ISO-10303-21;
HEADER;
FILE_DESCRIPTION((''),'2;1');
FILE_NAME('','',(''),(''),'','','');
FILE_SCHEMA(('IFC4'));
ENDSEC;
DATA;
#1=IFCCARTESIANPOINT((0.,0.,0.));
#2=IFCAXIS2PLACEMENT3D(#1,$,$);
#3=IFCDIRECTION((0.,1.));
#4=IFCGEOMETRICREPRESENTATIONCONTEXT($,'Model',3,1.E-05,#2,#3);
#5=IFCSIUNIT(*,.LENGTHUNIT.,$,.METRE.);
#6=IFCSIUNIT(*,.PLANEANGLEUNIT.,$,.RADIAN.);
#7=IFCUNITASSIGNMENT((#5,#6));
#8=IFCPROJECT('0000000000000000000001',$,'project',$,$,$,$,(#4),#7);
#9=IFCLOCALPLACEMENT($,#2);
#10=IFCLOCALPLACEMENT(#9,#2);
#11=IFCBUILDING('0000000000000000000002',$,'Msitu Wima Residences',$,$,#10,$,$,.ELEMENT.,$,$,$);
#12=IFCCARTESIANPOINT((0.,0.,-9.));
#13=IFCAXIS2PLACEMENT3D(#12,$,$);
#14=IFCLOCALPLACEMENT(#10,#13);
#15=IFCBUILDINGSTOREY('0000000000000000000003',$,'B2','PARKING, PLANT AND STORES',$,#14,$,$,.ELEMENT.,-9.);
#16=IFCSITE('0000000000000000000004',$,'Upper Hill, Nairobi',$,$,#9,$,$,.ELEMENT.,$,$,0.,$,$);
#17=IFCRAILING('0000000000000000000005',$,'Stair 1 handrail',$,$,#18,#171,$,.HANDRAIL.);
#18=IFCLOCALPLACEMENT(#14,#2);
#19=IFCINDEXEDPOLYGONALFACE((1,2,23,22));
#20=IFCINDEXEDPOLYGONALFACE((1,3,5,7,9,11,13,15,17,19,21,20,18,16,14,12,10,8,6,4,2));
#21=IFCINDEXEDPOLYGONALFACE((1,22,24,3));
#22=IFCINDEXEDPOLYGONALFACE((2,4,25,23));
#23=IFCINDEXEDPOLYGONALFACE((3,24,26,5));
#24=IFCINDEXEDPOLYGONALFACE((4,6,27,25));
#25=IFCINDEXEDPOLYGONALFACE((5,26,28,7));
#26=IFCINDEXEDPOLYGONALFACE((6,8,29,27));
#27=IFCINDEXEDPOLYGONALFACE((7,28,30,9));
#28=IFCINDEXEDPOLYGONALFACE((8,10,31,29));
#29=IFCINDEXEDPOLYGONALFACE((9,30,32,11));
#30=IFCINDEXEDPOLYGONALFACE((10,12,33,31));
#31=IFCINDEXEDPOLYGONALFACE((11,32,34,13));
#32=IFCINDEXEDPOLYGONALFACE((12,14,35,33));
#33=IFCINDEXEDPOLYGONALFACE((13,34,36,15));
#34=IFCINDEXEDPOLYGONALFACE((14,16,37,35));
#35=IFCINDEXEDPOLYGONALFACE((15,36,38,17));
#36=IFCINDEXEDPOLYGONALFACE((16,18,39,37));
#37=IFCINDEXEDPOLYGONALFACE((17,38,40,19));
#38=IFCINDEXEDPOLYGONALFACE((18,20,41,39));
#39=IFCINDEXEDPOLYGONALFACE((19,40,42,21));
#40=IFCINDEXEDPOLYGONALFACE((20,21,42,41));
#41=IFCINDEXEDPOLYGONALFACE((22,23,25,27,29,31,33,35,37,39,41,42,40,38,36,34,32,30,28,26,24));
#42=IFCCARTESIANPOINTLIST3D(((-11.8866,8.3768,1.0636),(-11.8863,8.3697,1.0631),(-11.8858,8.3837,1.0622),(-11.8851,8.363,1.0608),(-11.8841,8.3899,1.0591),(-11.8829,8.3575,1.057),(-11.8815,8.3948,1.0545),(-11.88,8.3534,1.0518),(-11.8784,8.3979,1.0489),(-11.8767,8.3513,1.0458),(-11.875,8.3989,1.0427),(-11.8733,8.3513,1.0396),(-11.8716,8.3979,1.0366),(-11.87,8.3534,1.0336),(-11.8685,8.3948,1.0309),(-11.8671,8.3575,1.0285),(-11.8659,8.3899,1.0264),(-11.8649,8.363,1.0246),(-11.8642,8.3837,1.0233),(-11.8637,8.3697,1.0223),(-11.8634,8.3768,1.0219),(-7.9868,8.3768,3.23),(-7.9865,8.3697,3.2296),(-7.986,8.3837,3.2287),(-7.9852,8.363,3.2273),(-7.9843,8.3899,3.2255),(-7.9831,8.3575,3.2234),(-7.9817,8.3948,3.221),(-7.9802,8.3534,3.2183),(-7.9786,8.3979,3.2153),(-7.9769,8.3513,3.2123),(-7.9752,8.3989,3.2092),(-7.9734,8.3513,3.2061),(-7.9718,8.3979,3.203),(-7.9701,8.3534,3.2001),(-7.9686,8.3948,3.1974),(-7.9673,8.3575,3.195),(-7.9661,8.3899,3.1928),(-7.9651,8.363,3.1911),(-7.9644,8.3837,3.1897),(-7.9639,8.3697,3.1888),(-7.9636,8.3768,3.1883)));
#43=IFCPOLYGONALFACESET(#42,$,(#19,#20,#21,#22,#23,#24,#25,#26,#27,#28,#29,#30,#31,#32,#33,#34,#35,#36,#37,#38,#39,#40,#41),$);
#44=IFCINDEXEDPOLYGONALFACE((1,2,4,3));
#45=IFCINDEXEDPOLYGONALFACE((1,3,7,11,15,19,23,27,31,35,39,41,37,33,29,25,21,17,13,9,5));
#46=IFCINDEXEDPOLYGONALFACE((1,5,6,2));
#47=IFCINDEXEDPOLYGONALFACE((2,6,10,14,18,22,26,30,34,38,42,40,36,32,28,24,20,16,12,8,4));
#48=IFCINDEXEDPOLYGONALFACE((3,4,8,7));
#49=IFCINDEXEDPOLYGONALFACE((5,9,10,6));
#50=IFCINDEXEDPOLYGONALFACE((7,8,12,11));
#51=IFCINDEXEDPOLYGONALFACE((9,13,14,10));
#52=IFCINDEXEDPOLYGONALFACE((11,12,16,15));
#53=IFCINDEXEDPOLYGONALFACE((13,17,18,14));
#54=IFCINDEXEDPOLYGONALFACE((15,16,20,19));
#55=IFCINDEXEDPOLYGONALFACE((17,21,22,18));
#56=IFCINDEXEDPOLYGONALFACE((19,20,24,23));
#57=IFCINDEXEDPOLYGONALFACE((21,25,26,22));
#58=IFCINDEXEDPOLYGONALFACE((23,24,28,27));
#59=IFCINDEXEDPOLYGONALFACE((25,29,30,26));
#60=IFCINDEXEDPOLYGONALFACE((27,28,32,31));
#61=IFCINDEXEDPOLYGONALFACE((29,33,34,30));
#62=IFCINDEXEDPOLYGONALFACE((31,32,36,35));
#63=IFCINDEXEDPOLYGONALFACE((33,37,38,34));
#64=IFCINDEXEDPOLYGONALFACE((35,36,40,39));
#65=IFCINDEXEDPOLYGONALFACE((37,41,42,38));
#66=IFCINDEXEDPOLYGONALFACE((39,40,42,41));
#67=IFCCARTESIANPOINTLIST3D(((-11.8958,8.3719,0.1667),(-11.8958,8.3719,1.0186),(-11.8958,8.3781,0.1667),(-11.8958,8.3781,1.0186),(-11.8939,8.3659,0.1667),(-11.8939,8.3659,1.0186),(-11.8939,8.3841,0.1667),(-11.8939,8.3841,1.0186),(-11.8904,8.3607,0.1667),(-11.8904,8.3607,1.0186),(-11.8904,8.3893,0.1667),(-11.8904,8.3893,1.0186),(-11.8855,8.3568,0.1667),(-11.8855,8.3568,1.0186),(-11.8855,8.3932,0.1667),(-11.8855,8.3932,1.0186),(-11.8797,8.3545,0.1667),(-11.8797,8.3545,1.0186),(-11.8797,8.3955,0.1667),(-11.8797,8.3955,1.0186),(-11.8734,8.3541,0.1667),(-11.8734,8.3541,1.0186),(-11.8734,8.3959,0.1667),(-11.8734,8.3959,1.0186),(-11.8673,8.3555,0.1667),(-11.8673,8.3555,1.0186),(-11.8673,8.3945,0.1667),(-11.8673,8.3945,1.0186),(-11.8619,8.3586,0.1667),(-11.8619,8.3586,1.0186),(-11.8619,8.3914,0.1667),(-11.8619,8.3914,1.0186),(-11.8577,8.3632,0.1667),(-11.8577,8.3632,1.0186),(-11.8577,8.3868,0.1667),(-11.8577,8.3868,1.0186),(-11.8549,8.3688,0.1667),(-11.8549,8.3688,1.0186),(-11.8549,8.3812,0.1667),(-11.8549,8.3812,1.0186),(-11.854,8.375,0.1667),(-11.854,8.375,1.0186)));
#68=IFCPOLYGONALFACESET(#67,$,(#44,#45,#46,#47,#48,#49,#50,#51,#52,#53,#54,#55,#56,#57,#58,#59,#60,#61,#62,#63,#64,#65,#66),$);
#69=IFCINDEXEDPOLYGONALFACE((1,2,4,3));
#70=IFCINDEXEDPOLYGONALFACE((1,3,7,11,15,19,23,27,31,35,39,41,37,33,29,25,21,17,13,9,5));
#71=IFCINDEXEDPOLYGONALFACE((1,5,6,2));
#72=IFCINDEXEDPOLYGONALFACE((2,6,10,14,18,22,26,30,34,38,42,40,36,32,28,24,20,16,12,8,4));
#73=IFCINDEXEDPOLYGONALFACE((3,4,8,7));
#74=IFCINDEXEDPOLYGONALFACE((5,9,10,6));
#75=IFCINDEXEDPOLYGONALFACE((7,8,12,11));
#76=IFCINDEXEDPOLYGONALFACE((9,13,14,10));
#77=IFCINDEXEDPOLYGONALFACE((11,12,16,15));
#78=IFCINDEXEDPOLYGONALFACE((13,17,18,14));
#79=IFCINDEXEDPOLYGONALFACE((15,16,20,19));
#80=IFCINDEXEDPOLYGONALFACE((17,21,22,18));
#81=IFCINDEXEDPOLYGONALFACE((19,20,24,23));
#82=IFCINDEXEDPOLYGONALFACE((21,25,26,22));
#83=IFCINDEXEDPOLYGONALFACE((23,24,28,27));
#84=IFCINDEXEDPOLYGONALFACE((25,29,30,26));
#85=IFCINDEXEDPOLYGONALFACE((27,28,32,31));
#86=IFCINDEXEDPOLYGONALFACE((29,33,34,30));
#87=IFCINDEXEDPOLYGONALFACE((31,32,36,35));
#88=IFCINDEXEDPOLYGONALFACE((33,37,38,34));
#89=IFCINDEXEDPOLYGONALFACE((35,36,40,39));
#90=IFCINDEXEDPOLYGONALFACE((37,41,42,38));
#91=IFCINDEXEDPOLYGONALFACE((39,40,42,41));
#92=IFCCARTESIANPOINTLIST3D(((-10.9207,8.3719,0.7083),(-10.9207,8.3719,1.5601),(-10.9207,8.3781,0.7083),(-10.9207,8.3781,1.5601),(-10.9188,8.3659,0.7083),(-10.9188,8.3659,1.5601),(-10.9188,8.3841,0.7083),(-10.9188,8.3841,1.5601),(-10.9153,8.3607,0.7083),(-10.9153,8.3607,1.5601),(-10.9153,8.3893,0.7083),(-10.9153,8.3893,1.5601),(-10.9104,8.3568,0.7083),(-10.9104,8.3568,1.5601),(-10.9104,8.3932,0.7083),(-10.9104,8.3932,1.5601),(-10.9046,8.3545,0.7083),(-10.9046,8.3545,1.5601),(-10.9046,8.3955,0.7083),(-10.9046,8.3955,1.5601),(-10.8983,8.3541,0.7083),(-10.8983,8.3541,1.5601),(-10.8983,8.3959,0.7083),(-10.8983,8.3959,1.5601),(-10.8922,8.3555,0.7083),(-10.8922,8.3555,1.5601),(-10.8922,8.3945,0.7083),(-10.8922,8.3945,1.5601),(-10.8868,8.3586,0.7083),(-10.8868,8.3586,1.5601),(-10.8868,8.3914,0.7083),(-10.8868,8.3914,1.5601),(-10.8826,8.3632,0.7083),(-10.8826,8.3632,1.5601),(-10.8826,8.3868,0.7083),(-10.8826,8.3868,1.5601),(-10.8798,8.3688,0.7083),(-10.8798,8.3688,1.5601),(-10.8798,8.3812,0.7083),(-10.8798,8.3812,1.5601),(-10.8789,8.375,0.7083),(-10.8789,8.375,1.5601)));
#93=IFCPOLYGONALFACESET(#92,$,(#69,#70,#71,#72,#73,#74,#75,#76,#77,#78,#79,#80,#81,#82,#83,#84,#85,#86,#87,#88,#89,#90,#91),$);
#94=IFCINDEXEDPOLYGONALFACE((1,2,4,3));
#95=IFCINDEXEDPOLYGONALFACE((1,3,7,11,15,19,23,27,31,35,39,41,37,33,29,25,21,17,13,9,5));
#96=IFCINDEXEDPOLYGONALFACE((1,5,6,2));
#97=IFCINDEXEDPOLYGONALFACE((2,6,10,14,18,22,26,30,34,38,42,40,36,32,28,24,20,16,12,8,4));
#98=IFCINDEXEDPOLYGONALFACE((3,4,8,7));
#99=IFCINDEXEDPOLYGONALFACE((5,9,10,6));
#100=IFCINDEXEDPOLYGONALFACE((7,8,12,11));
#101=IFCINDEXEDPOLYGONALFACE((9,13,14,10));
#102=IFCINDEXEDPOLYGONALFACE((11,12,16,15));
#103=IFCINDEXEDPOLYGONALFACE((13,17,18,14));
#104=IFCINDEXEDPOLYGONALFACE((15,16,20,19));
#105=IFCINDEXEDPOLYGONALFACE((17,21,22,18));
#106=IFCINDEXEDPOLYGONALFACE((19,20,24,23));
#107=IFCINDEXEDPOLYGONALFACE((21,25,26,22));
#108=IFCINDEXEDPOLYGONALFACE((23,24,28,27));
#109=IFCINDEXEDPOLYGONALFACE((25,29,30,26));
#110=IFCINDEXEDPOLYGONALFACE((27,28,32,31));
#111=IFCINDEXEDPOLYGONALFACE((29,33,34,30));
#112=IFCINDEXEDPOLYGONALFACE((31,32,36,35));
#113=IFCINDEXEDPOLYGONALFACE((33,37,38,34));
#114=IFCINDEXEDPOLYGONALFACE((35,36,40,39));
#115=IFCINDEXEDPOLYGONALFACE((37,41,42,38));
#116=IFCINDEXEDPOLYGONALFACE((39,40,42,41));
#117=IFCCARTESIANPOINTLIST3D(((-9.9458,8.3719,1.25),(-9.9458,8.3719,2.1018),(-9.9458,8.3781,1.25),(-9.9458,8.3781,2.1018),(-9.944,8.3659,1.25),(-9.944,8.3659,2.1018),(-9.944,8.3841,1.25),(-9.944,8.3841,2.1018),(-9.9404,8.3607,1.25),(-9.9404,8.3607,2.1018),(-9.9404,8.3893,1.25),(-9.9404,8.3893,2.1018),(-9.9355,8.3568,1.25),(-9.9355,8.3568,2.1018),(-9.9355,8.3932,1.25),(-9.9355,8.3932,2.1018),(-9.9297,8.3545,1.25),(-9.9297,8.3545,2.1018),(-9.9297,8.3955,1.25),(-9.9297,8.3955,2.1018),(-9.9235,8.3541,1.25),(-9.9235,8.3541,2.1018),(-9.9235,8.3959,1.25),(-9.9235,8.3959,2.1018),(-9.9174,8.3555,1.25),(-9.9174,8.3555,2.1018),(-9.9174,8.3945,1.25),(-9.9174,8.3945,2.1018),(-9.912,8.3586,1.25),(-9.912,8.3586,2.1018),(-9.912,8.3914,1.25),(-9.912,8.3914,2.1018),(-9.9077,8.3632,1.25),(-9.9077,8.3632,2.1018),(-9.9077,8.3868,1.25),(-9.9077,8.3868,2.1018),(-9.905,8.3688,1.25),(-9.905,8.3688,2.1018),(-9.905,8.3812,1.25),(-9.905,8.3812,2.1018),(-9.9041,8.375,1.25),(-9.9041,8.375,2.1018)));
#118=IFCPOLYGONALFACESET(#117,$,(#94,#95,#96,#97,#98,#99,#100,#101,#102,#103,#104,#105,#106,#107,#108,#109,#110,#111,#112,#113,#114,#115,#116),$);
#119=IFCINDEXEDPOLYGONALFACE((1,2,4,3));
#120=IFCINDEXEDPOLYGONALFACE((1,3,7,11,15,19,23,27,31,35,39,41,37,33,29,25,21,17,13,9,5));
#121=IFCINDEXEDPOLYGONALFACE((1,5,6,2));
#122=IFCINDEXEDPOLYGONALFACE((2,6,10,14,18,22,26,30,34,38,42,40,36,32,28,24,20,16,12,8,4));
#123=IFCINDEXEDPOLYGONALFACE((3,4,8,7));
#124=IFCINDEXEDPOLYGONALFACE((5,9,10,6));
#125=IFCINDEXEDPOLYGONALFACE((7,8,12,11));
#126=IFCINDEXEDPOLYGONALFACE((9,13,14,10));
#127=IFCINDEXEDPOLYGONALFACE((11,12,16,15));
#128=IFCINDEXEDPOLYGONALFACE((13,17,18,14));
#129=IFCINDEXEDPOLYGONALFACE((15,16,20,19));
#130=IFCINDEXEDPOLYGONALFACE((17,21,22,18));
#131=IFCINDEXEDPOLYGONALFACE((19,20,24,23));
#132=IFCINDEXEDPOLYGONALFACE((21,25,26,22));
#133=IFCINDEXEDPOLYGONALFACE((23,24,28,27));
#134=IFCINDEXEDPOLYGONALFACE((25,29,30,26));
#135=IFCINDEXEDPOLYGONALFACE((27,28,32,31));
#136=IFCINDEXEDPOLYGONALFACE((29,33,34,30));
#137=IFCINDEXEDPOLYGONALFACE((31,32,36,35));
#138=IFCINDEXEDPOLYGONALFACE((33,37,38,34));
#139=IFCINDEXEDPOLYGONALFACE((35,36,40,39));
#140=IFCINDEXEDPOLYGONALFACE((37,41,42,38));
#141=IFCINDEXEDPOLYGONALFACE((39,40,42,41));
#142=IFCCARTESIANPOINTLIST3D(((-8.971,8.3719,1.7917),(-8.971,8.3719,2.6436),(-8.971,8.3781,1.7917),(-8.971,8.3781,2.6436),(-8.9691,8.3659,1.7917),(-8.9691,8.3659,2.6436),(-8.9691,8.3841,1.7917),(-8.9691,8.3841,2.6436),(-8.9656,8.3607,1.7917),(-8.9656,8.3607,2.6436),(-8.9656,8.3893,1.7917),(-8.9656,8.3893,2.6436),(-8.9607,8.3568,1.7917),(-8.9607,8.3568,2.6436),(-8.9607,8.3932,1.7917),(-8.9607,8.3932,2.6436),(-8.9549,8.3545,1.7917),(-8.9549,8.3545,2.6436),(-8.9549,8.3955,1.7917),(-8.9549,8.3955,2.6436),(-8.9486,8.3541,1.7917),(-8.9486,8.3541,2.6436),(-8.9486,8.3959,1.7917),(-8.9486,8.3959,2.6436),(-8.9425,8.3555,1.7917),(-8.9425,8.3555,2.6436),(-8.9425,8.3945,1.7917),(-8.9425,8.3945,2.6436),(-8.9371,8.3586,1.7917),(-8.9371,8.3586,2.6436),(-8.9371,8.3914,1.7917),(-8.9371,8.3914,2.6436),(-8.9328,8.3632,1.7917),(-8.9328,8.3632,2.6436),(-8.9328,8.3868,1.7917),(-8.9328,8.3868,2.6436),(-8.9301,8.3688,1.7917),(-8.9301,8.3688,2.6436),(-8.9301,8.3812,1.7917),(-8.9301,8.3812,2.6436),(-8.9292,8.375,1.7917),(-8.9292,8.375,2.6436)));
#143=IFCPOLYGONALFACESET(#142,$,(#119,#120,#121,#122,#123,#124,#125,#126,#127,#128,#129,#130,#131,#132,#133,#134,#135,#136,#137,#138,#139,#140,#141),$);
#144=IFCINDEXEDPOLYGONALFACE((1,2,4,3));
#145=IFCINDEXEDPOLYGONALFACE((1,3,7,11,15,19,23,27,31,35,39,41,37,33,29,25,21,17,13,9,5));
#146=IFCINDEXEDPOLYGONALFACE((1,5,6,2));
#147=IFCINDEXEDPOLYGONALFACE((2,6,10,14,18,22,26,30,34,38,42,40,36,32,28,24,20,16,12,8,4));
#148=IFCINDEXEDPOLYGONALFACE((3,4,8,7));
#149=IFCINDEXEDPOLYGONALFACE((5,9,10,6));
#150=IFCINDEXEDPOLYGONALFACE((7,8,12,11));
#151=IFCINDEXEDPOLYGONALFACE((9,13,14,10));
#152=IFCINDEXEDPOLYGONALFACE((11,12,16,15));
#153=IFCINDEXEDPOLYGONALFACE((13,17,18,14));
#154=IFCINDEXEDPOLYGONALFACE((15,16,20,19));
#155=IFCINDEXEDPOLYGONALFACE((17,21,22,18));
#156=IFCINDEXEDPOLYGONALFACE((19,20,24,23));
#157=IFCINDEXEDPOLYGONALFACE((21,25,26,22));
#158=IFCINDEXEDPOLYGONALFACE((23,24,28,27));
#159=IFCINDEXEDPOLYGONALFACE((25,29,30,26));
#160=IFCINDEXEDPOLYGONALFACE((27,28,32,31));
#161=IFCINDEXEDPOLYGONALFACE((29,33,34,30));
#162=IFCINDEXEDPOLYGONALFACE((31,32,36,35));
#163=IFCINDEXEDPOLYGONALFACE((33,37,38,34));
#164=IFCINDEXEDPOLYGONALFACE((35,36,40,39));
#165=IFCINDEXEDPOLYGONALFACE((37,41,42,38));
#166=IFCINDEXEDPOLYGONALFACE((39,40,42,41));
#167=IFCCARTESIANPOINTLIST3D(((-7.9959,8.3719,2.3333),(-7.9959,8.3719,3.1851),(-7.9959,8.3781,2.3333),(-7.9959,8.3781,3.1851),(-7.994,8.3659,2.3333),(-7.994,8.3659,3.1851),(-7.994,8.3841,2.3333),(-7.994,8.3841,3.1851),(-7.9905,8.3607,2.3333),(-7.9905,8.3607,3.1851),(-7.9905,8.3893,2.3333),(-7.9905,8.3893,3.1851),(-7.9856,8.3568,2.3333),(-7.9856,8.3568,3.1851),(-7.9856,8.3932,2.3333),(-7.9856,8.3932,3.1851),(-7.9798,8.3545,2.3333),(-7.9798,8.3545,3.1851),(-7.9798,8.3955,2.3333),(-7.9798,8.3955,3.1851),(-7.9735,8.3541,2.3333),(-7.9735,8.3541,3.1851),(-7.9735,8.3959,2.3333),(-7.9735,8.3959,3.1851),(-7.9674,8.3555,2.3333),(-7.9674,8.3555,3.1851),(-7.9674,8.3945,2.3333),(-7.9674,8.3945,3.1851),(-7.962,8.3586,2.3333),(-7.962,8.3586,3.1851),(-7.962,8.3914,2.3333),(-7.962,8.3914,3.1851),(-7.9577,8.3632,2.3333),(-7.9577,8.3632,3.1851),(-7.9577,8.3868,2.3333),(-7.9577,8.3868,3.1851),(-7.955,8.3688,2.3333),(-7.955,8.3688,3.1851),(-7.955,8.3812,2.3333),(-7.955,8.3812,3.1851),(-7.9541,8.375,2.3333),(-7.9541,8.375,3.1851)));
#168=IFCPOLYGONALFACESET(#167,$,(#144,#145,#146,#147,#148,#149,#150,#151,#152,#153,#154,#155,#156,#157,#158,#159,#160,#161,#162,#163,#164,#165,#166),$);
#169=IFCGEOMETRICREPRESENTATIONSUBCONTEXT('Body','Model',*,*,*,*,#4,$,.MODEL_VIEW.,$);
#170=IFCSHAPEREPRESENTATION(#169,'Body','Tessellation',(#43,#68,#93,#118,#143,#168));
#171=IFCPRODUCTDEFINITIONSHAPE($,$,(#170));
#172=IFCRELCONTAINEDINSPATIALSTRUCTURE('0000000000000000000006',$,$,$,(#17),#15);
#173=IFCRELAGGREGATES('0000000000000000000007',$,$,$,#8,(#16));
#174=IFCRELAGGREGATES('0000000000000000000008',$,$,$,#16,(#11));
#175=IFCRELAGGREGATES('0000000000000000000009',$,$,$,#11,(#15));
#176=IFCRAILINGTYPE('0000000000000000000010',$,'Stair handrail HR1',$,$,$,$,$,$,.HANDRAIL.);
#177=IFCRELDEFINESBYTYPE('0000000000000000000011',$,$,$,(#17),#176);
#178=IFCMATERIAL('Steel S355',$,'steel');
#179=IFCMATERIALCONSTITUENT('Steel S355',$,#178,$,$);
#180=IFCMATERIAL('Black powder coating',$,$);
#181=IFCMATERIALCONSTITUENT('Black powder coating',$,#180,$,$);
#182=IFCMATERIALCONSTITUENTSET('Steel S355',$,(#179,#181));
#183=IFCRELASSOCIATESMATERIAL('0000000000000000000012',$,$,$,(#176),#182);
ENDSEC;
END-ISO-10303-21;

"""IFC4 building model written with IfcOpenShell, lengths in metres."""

from ifc_helpers import new_model, si_unit, direction, frame, origin, origin_2d, place, context, subcontext, project, spatial, circle, extrude, material, constituent, constituent_set, type_object, element, save


model = new_model("IFC4")

# Units and contexts
model_context = context("Model", 3, precision=1e-05, world=origin(), true_north=direction((0.0, 1.0)))
body_context = subcontext(model_context, "Body", "Model", "MODEL_VIEW")
ifc_project = project(units=[si_unit("LENGTHUNIT", "METRE"), si_unit("PLANEANGLEUNIT", "RADIAN")], contexts=[model_context])

# Site, building, storey
site_placement = place(None, origin())
site = spatial("IfcSite", under=ifc_project, at=site_placement, Name="Upper Hill, Nairobi", CompositionType="ELEMENT", RefElevation=0.0)
building_placement = place(site_placement, origin())
building = spatial("IfcBuilding", under=site, at=building_placement, Name="Msitu Wima Residences", CompositionType="ELEMENT")
storey_placement = place(building_placement, frame((0.0, 0.0, -9.0)))
storey = spatial("IfcBuildingStorey", under=building, at=storey_placement, Name="B2", Description="PARKING, PLANT AND STORES", CompositionType="ELEMENT", Elevation=-9.0)

# Railing
ifc_material_1 = material(Name="Steel S355", Category="steel")
ifc_constituent_1 = constituent(ifc_material_1, Name="Steel S355")
ifc_material_2 = material(Name="Black powder coating")
ifc_constituent_2 = constituent(ifc_material_2, Name="Black powder coating")
ifc_constituent_set = constituent_set(constituents=[ifc_constituent_1, ifc_constituent_2], Name="Steel S355")
railing_type = type_object("IfcRailingType", Name="Stair handrail HR1", PredefinedType="HANDRAIL", material=ifc_constituent_set)
for number, where, name in (
    (1, (-11.875, 8.375, 0.1667), "Stair 1 handrail"),
):
    element("IfcRailing", number, at=place(storey_placement, frame(where)), inside=storey, type_object=railing_type, Name=name, PredefinedType="HANDRAIL", context=body_context, shape_type="SweptSolid", body=[
        extrude(circle(Radius=0.0239, at=origin_2d()), frame((0.0, 0.0, 0.876), z_axis=(0.874168, 0.0, 0.485624), x_axis=(0.0, 1.0, 0.0)), (0.0, 0.0, 1.0), 4.4612),
        extrude(circle(Radius=0.021, at=origin_2d()), origin(), (0.0, 0.0, 1.0), 0.8518),
        extrude(circle(Radius=0.021, at=origin_2d()), frame((0.9751, 0.0, 0.5415)), (0.0, 0.0, 1.0), 0.8518),
        extrude(circle(Radius=0.021, at=origin_2d()), frame((1.95, 0.0, 1.0833)), (0.0, 0.0, 1.0), 0.8518),
        extrude(circle(Radius=0.021, at=origin_2d()), frame((2.9248, 0.0, 1.625)), (0.0, 0.0, 1.0), 0.8518),
        extrude(circle(Radius=0.021, at=origin_2d()), frame((3.8999, 0.0, 2.1665)), (0.0, 0.0, 1.0), 0.8518),
    ])

save(model, "model.ifc")
